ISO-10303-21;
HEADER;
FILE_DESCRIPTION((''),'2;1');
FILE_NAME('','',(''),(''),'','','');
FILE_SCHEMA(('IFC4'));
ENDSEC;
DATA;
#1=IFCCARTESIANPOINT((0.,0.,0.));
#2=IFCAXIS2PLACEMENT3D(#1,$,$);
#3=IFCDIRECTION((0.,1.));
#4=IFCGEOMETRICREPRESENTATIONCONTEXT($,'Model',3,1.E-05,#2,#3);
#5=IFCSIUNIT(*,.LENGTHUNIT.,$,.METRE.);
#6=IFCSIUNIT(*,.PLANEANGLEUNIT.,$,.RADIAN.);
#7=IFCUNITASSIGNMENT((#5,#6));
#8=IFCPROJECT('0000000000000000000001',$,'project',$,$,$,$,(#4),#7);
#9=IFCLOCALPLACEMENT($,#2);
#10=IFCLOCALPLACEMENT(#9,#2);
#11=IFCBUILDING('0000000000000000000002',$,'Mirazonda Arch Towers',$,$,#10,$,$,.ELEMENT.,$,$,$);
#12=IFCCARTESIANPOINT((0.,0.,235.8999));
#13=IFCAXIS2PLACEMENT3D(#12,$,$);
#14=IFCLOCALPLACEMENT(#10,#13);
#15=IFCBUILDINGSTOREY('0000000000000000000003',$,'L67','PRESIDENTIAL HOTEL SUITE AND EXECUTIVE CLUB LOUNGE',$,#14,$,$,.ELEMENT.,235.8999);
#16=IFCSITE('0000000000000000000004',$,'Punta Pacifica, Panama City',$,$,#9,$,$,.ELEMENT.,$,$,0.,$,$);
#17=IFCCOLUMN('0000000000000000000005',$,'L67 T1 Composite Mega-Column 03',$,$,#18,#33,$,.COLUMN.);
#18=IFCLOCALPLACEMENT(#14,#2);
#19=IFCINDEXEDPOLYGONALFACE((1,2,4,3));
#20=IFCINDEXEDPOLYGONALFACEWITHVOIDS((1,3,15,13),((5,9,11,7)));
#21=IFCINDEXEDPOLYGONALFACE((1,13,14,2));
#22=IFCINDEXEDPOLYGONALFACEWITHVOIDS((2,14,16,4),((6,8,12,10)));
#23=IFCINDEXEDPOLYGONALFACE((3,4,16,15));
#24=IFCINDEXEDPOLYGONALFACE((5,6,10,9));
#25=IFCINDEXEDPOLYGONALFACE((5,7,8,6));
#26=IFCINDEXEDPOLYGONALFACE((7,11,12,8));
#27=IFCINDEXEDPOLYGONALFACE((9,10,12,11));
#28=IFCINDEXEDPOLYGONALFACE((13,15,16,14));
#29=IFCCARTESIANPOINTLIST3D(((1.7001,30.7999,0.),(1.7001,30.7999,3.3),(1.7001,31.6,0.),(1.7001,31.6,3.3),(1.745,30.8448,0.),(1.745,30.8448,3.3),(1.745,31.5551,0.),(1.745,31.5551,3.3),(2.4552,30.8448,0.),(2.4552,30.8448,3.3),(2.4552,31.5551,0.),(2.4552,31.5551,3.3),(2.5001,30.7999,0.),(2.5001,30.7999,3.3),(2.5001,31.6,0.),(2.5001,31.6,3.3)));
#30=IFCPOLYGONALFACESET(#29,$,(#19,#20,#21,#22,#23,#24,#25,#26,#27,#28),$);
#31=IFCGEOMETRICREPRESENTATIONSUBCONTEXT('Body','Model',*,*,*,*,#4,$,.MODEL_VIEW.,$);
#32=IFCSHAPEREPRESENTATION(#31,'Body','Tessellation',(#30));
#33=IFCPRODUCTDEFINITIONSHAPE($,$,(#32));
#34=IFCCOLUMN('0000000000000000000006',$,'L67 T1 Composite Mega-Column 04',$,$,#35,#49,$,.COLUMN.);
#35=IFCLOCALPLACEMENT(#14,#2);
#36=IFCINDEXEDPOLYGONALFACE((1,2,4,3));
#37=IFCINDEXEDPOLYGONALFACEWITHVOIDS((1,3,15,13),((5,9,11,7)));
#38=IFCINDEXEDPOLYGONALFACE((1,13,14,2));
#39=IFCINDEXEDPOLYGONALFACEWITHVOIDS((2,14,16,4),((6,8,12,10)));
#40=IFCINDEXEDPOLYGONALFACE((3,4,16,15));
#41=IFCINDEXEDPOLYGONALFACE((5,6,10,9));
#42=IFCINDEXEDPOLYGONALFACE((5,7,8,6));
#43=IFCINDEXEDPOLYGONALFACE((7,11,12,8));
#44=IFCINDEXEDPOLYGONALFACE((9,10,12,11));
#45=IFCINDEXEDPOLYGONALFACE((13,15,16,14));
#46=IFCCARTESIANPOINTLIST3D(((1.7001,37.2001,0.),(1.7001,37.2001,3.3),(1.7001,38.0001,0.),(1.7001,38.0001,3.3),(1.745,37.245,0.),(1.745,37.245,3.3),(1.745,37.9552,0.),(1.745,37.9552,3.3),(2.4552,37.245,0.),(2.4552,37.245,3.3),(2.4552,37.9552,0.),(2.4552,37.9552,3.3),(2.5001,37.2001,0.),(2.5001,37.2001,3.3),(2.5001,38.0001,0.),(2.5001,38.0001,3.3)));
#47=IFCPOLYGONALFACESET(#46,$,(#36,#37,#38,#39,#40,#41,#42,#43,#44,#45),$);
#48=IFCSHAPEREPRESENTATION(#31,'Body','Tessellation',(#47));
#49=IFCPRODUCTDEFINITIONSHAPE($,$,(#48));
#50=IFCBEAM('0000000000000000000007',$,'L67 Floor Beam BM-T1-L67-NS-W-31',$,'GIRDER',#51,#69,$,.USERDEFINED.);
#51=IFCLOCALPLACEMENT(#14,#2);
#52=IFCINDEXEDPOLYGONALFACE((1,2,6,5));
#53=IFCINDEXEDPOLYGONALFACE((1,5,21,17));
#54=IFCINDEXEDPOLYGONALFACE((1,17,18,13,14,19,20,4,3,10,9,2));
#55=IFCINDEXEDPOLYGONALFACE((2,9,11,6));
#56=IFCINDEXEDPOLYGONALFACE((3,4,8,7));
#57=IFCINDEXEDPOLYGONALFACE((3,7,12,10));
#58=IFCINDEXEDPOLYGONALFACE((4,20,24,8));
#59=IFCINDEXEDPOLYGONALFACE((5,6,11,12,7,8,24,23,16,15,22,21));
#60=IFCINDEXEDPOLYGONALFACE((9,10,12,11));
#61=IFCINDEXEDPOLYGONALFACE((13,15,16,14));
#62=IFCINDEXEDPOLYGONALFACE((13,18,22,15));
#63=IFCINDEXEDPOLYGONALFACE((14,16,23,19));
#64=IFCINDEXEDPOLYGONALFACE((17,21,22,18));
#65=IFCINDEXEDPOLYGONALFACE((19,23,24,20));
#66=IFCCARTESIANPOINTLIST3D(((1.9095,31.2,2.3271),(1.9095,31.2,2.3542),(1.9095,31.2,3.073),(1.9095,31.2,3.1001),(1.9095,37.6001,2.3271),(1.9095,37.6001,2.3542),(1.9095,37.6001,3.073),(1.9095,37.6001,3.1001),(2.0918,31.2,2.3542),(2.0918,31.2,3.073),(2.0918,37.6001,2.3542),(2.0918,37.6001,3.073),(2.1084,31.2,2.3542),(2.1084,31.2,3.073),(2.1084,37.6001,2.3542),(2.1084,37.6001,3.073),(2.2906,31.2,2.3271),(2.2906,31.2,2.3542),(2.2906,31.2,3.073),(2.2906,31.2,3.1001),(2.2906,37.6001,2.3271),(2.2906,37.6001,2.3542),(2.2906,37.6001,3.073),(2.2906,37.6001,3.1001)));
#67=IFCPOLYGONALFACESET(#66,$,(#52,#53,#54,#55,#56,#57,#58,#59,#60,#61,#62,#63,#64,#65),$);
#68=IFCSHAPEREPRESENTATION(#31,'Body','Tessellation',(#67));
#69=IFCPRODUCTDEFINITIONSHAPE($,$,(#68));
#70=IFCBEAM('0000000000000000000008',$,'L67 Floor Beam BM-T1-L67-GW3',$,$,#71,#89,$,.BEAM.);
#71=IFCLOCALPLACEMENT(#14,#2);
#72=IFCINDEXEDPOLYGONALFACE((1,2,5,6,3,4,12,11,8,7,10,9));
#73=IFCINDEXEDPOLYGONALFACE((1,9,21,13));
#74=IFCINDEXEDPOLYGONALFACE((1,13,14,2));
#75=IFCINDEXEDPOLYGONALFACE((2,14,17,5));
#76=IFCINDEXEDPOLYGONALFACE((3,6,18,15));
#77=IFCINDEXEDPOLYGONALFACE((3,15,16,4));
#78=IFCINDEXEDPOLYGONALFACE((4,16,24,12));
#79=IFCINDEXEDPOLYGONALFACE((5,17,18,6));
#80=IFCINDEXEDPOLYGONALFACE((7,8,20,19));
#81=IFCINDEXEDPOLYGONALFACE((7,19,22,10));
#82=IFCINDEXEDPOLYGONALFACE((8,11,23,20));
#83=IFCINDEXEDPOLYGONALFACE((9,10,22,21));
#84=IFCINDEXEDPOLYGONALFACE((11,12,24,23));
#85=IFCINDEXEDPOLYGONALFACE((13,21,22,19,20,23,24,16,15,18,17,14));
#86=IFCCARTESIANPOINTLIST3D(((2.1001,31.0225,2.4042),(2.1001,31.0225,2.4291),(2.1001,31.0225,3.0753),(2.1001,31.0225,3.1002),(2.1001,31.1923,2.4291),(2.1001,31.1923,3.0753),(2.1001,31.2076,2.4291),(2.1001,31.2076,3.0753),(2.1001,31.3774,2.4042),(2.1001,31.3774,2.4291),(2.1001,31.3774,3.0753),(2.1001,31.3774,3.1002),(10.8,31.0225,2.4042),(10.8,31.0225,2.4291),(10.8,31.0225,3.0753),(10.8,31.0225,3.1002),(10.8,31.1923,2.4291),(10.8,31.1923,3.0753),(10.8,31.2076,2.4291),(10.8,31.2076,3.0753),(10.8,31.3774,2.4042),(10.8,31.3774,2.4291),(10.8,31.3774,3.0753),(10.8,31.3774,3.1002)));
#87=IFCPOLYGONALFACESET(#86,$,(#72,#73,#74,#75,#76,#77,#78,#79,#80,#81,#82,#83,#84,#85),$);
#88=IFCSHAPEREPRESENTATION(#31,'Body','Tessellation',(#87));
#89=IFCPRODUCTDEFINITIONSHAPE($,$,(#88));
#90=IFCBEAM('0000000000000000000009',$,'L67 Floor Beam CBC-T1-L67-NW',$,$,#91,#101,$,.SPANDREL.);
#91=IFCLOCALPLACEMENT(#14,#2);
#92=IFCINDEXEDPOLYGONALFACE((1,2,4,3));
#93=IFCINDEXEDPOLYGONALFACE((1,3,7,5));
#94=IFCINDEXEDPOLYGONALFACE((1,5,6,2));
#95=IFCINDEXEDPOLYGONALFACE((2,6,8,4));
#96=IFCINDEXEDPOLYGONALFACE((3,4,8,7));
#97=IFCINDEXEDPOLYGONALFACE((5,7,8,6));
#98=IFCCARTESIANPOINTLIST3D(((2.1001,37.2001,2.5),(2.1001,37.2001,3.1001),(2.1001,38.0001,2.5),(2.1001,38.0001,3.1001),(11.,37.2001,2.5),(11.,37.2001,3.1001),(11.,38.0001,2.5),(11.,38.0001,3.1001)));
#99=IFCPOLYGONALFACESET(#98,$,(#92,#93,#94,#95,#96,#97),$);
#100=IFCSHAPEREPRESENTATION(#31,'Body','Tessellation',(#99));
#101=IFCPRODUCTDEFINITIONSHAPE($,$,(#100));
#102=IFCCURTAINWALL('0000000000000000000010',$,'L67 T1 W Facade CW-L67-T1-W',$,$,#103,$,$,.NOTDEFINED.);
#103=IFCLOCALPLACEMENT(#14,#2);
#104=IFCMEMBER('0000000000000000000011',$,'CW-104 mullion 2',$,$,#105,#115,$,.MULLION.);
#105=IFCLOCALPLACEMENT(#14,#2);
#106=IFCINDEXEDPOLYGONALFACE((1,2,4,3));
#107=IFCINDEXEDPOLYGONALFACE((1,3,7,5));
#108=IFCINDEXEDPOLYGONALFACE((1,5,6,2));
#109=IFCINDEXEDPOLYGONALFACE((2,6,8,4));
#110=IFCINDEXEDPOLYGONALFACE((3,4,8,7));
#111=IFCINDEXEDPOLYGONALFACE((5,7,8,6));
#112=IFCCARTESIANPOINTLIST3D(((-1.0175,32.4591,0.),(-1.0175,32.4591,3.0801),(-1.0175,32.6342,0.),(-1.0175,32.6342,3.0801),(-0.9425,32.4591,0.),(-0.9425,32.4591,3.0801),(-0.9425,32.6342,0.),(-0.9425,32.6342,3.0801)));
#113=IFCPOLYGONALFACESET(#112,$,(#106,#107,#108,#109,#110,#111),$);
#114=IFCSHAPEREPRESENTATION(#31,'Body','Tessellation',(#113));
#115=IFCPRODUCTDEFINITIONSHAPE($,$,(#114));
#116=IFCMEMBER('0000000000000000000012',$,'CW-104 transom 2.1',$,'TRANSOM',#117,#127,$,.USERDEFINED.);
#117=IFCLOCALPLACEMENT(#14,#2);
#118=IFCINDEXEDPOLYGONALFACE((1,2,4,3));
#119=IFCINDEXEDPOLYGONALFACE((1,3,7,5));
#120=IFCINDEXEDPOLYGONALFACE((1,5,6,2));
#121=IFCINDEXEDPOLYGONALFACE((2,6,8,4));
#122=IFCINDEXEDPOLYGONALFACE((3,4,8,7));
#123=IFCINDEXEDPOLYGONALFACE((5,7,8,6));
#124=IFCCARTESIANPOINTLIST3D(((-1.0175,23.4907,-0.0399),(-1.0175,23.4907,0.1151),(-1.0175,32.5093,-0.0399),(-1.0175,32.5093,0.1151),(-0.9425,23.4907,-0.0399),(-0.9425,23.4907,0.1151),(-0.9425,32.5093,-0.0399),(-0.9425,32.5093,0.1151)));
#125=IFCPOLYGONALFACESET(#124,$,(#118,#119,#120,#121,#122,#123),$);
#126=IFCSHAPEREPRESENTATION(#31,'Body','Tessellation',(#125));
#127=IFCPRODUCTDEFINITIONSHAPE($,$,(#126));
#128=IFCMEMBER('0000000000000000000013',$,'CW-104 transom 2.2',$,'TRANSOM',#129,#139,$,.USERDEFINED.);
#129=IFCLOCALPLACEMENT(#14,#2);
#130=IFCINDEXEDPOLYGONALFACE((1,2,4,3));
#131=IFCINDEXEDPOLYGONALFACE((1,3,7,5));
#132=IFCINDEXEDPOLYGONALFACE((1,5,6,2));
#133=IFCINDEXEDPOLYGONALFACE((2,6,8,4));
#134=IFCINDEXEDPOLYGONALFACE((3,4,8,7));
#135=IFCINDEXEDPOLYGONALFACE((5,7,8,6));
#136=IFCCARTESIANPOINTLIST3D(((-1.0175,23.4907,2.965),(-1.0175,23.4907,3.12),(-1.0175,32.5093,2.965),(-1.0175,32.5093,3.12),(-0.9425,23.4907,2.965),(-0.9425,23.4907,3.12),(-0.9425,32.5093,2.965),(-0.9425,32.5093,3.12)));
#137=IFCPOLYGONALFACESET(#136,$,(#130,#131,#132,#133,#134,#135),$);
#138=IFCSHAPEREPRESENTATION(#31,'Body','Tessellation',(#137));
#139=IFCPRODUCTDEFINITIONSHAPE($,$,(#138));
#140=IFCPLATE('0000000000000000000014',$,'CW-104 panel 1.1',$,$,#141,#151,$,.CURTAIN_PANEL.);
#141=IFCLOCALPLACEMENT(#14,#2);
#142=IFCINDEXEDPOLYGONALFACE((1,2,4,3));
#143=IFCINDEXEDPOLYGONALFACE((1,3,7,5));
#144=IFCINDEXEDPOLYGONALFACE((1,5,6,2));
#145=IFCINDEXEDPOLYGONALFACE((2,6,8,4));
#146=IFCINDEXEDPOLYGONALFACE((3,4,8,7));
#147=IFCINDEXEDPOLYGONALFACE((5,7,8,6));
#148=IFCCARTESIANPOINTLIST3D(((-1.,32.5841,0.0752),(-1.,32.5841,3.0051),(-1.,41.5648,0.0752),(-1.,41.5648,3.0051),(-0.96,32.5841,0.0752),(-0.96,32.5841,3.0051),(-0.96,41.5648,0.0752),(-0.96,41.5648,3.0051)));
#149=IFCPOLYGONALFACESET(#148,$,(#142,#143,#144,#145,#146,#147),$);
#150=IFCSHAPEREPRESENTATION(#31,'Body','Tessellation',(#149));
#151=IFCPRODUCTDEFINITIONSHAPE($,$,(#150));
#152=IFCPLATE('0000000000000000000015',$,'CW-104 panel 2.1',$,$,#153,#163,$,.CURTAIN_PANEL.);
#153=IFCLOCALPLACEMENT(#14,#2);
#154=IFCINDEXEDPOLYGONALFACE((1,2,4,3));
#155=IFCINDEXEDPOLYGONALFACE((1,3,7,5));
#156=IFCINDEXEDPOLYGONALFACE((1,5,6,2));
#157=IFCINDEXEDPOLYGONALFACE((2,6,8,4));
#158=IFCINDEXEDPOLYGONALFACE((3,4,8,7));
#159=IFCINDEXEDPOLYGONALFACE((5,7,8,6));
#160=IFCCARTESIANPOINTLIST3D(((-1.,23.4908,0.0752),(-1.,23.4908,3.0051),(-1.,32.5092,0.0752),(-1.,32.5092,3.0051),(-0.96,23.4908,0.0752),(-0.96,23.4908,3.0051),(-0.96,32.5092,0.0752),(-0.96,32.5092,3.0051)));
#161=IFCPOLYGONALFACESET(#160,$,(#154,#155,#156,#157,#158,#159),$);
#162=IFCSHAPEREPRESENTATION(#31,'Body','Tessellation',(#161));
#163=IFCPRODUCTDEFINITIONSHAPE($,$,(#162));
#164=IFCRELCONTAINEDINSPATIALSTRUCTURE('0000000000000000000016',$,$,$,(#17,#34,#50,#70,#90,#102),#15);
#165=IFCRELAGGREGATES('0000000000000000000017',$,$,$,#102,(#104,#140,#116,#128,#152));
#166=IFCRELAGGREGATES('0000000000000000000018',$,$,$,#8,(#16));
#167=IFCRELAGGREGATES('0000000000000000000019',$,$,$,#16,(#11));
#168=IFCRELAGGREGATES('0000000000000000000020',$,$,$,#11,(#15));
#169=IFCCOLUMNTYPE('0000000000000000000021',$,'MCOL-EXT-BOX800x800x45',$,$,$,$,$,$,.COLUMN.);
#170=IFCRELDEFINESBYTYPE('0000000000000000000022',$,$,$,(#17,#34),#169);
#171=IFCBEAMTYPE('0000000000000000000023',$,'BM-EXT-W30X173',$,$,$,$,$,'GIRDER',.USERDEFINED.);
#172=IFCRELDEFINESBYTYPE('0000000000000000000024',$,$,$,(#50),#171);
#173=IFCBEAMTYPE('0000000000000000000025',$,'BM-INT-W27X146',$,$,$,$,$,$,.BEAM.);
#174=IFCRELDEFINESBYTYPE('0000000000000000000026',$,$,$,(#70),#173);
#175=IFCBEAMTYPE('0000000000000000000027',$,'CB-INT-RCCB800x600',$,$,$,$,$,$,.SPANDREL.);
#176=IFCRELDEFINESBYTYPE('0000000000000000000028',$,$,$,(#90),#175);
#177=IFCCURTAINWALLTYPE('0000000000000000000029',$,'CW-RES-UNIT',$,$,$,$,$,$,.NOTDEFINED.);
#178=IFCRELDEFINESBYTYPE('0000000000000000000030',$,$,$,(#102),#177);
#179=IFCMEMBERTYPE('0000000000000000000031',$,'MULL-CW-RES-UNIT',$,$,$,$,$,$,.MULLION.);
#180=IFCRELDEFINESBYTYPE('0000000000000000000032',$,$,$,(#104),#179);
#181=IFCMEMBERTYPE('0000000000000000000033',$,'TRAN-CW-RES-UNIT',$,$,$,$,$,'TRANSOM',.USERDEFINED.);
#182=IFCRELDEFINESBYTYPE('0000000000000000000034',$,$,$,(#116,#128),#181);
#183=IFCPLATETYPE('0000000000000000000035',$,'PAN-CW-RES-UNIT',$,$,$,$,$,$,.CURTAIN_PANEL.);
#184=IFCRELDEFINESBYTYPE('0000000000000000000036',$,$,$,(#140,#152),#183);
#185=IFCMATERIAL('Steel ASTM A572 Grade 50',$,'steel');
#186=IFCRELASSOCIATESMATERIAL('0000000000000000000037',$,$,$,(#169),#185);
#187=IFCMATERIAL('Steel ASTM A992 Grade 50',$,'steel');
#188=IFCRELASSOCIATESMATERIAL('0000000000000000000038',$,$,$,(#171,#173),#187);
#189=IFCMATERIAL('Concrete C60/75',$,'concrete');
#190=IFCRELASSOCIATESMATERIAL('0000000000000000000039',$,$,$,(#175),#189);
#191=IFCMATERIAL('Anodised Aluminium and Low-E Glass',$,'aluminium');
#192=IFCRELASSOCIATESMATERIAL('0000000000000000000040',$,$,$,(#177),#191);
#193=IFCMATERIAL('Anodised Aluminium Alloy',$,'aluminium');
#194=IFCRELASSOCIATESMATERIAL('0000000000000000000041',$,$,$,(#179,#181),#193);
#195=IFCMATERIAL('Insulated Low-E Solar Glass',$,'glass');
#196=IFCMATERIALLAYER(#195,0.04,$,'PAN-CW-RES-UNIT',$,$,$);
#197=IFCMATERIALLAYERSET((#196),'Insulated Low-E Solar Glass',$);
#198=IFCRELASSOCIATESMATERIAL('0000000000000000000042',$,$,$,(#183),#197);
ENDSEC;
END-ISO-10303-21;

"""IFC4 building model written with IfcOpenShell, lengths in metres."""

from ifc_helpers import new_model, si_unit, direction, frame, origin, origin_2d, place, context, subcontext, project, spatial, rectangle, hollow_rectangle, i_section, extrude, material, layer, layer_set, material_profile, profile_set, type_object, element, aggregate, save


model = new_model("IFC4")

# Units and contexts
model_context = context("Model", 3, precision=1e-05, world=origin(), true_north=direction((0.0, 1.0)))
body_context = subcontext(model_context, "Body", "Model", "MODEL_VIEW")
ifc_project = project(units=[si_unit("LENGTHUNIT", "METRE"), si_unit("PLANEANGLEUNIT", "RADIAN")], contexts=[model_context])

# Site, building, storey
site_placement = place(None, origin())
site = spatial("IfcSite", under=ifc_project, at=site_placement, Name="Punta Pacifica, Panama City", CompositionType="ELEMENT", RefElevation=0.0)
building_placement = place(site_placement, origin())
building = spatial("IfcBuilding", under=site, at=building_placement, Name="Mirazonda Arch Towers", CompositionType="ELEMENT")
storey_placement = place(building_placement, frame((0.0, 0.0, 235.8999)))
storey = spatial("IfcBuildingStorey", under=building, at=storey_placement, Name="L67", Description="PRESIDENTIAL HOTEL SUITE AND EXECUTIVE CLUB LOUNGE", CompositionType="ELEMENT", Elevation=235.8999)

# Columns
ifc_material_1 = material(Name="Steel ASTM A572 Grade 50", Category="steel")
ifc_material_profile_1 = material_profile(ifc_material_1, hollow_rectangle(XDim=0.8, YDim=0.8, WallThickness=0.0449, at=origin_2d()), Name="BOX800x800x45")
ifc_profile_set_1 = profile_set([ifc_material_profile_1], Name="Steel ASTM A572 Grade 50")
column_type = type_object("IfcColumnType", Name="MCOL-EXT-BOX800x800x45", PredefinedType="COLUMN", material=ifc_profile_set_1)
for number, where, z_axis, x_axis, name in (
    (1, (2.1001, 31.2, 0.0), (0.0, 0.0, 1.0), (1.0, 0.0, 0.0), "L67 T1 Composite Mega-Column 03"),
    (2, (2.1001, 37.6001, 0.0), (0.0, 0.0, 1.0), (1.0, 0.0, 0.0), "L67 T1 Composite Mega-Column 04"),
):
    element("IfcColumn", number, at=place(storey_placement, frame(where, z_axis=z_axis, x_axis=x_axis)), inside=storey, type_object=column_type, Name=name, PredefinedType="COLUMN", context=body_context, shape_type="SweptSolid", body=[
        extrude(hollow_rectangle(XDim=0.8, YDim=0.8, WallThickness=0.0449, at=origin_2d()), origin(), (0.0, 0.0, 1.0), 3.3),
    ])

# Beams
ifc_material_2 = material(Name="Steel ASTM A992 Grade 50", Category="steel")
ifc_material_profile_2 = material_profile(ifc_material_2, i_section(OverallWidth=0.3811, OverallDepth=0.7729, WebThickness=0.0166, FlangeThickness=0.0271, at=origin_2d()), Name="W30X173")
ifc_profile_set_2 = profile_set([ifc_material_profile_2], Name="Steel ASTM A992 Grade 50")
beam_type_1 = type_object("IfcBeamType", Name="BM-EXT-W30X173", ElementType="GIRDER", PredefinedType="USERDEFINED", material=ifc_profile_set_2)
beam_1_placement = place(storey_placement, frame((2.1001, 31.2, 2.7136), z_axis=(0.0, 1.0, 0.0), x_axis=(-1.0, 0.0, 0.0)))
element("IfcBeam", 3, at=beam_1_placement, inside=storey, type_object=beam_type_1, Name="L67 Floor Beam BM-T1-L67-NS-W-31", ObjectType="GIRDER", PredefinedType="USERDEFINED", context=body_context, shape_type="SweptSolid", body=[
    extrude(i_section(OverallWidth=0.3811, OverallDepth=0.7729, WebThickness=0.0166, FlangeThickness=0.0271, at=origin_2d()), origin(), (0.0, 0.0, 1.0), 6.4001),
])
ifc_material_profile_3 = material_profile(ifc_material_2, i_section(OverallWidth=0.355, OverallDepth=0.696, WebThickness=0.0154, FlangeThickness=0.0249, at=origin_2d()), Name="W27X146")
ifc_profile_set_3 = profile_set([ifc_material_profile_3], Name="Steel ASTM A992 Grade 50")
beam_type_2 = type_object("IfcBeamType", Name="BM-INT-W27X146", PredefinedType="BEAM", material=ifc_profile_set_3)
beam_2_placement = place(storey_placement, frame((2.1001, 31.2, 2.7522), z_axis=(1.0, 0.0, 0.0), x_axis=(0.0, 1.0, 0.0)))
element("IfcBeam", 4, at=beam_2_placement, inside=storey, type_object=beam_type_2, Name="L67 Floor Beam BM-T1-L67-GW3", PredefinedType="BEAM", context=body_context, shape_type="SweptSolid", body=[
    extrude(i_section(OverallWidth=0.355, OverallDepth=0.696, WebThickness=0.0154, FlangeThickness=0.0249, at=origin_2d()), origin(), (0.0, 0.0, 1.0), 8.7),
])
ifc_material_3 = material(Name="Concrete C60/75", Category="concrete")
ifc_material_profile_4 = material_profile(ifc_material_3, rectangle(XDim=0.8, YDim=0.6001, at=origin_2d()), Name="RCCB800x600")
ifc_profile_set_4 = profile_set([ifc_material_profile_4], Name="Concrete C60/75")
beam_type_3 = type_object("IfcBeamType", Name="CB-INT-RCCB800x600", PredefinedType="SPANDREL", material=ifc_profile_set_4)
beam_3_placement = place(storey_placement, frame((2.1001, 37.6001, 2.8), z_axis=(1.0, 0.0, 0.0), x_axis=(0.0, 1.0, 0.0)))
element("IfcBeam", 5, at=beam_3_placement, inside=storey, type_object=beam_type_3, Name="L67 Floor Beam CBC-T1-L67-NW", PredefinedType="SPANDREL", context=body_context, shape_type="SweptSolid", body=[
    extrude(rectangle(XDim=0.8, YDim=0.6001, at=origin_2d()), origin(), (0.0, 0.0, 1.0), 8.8999),
])

# Curtain wall, members, plates
ifc_material_4 = material(Name="Anodised Aluminium and Low-E Glass", Category="aluminium")
curtain_wall_type = type_object("IfcCurtainWallType", Name="CW-RES-UNIT", PredefinedType="NOTDEFINED", material=ifc_material_4)
curtain_wall_placement = place(storey_placement, origin())
curtain_wall = element("IfcCurtainWall", 6, at=curtain_wall_placement, inside=storey, type_object=curtain_wall_type, Name="L67 T1 W Facade CW-L67-T1-W", PredefinedType="NOTDEFINED")
ifc_material_5 = material(Name="Anodised Aluminium Alloy", Category="aluminium")
ifc_material_profile_5 = material_profile(ifc_material_5, rectangle(XDim=0.075, YDim=0.175, at=origin_2d()), Name="ALU-MULL-75x175")
ifc_profile_set_5 = profile_set([ifc_material_profile_5], Name="Anodised Aluminium Alloy")
member_type_1 = type_object("IfcMemberType", Name="MULL-CW-RES-UNIT", PredefinedType="MULLION", material=ifc_profile_set_5)
member_1_placement = place(storey_placement, frame((-0.98, 32.5466, 0.0), z_axis=(0.0, 0.0, 1.0), x_axis=(1.0, 0.0, 0.0)))
member_1 = element("IfcMember", 7, at=member_1_placement, type_object=member_type_1, Name="CW-104 mullion 2", PredefinedType="MULLION", context=body_context, shape_type="SweptSolid", body=[
    extrude(rectangle(XDim=0.075, YDim=0.175, at=origin_2d()), origin(), (0.0, 0.0, 1.0), 3.0801),
])
ifc_material_profile_6 = material_profile(ifc_material_5, rectangle(XDim=0.075, YDim=0.155, at=origin_2d()), Name="ALU-TRAN-75x155")
ifc_profile_set_6 = profile_set([ifc_material_profile_6], Name="Anodised Aluminium Alloy")
member_type_2 = type_object("IfcMemberType", Name="TRAN-CW-RES-UNIT", ElementType="TRANSOM", PredefinedType="USERDEFINED", material=ifc_profile_set_6)
member_2_placement = place(storey_placement, frame((-0.98, 32.5093, 0.0376), z_axis=(0.0, -1.0, 0.0), x_axis=(1.0, 0.0, 0.0)))
member_2 = element("IfcMember", 8, at=member_2_placement, type_object=member_type_2, Name="CW-104 transom 2.1", ObjectType="TRANSOM", PredefinedType="USERDEFINED", context=body_context, shape_type="SweptSolid", body=[
    extrude(rectangle(XDim=0.075, YDim=0.155, at=origin_2d()), origin(), (0.0, 0.0, 1.0), 9.0186),
])
member_3_placement = place(storey_placement, frame((-0.98, 32.5093, 3.0425), z_axis=(0.0, -1.0, 0.0), x_axis=(1.0, 0.0, 0.0)))
member_3 = element("IfcMember", 9, at=member_3_placement, type_object=member_type_2, Name="CW-104 transom 2.2", ObjectType="TRANSOM", PredefinedType="USERDEFINED", context=body_context, shape_type="SweptSolid", body=[
    extrude(rectangle(XDim=0.075, YDim=0.155, at=origin_2d()), origin(), (0.0, 0.0, 1.0), 9.0186),
])
ifc_material_6 = material(Name="Insulated Low-E Solar Glass", Category="glass")
ifc_layer_1 = layer(ifc_material_6, 0.04, Name="PAN-CW-RES-UNIT")
ifc_layer_set_1 = layer_set([ifc_layer_1], Name="Insulated Low-E Solar Glass")
plate_type = type_object("IfcPlateType", Name="PAN-CW-RES-UNIT", PredefinedType="CURTAIN_PANEL", material=ifc_layer_set_1)
plate_1_placement = place(storey_placement, frame((-0.98, 37.0745, 0.0752), z_axis=(0.0, 0.0, 1.0), x_axis=(0.0, -1.0, 0.0)))
plate_1 = element("IfcPlate", 10, at=plate_1_placement, type_object=plate_type, Name="CW-104 panel 1.1", PredefinedType="CURTAIN_PANEL", context=body_context, shape_type="SweptSolid", body=[
    extrude(rectangle(XDim=8.9807, YDim=0.04, at=origin_2d()), origin(), (0.0, 0.0, 1.0), 2.9299),
])
plate_2_placement = place(storey_placement, frame((-0.98, 28.0, 0.0752), z_axis=(0.0, 0.0, 1.0), x_axis=(0.0, -1.0, 0.0)))
plate_2 = element("IfcPlate", 11, at=plate_2_placement, type_object=plate_type, Name="CW-104 panel 2.1", PredefinedType="CURTAIN_PANEL", context=body_context, shape_type="SweptSolid", body=[
    extrude(rectangle(XDim=9.0183, YDim=0.04, at=origin_2d()), origin(), (0.0, 0.0, 1.0), 2.9299),
])
aggregate(curtain_wall, [member_1, plate_1, member_2, member_3, plate_2])

save(model, "model.ifc")
